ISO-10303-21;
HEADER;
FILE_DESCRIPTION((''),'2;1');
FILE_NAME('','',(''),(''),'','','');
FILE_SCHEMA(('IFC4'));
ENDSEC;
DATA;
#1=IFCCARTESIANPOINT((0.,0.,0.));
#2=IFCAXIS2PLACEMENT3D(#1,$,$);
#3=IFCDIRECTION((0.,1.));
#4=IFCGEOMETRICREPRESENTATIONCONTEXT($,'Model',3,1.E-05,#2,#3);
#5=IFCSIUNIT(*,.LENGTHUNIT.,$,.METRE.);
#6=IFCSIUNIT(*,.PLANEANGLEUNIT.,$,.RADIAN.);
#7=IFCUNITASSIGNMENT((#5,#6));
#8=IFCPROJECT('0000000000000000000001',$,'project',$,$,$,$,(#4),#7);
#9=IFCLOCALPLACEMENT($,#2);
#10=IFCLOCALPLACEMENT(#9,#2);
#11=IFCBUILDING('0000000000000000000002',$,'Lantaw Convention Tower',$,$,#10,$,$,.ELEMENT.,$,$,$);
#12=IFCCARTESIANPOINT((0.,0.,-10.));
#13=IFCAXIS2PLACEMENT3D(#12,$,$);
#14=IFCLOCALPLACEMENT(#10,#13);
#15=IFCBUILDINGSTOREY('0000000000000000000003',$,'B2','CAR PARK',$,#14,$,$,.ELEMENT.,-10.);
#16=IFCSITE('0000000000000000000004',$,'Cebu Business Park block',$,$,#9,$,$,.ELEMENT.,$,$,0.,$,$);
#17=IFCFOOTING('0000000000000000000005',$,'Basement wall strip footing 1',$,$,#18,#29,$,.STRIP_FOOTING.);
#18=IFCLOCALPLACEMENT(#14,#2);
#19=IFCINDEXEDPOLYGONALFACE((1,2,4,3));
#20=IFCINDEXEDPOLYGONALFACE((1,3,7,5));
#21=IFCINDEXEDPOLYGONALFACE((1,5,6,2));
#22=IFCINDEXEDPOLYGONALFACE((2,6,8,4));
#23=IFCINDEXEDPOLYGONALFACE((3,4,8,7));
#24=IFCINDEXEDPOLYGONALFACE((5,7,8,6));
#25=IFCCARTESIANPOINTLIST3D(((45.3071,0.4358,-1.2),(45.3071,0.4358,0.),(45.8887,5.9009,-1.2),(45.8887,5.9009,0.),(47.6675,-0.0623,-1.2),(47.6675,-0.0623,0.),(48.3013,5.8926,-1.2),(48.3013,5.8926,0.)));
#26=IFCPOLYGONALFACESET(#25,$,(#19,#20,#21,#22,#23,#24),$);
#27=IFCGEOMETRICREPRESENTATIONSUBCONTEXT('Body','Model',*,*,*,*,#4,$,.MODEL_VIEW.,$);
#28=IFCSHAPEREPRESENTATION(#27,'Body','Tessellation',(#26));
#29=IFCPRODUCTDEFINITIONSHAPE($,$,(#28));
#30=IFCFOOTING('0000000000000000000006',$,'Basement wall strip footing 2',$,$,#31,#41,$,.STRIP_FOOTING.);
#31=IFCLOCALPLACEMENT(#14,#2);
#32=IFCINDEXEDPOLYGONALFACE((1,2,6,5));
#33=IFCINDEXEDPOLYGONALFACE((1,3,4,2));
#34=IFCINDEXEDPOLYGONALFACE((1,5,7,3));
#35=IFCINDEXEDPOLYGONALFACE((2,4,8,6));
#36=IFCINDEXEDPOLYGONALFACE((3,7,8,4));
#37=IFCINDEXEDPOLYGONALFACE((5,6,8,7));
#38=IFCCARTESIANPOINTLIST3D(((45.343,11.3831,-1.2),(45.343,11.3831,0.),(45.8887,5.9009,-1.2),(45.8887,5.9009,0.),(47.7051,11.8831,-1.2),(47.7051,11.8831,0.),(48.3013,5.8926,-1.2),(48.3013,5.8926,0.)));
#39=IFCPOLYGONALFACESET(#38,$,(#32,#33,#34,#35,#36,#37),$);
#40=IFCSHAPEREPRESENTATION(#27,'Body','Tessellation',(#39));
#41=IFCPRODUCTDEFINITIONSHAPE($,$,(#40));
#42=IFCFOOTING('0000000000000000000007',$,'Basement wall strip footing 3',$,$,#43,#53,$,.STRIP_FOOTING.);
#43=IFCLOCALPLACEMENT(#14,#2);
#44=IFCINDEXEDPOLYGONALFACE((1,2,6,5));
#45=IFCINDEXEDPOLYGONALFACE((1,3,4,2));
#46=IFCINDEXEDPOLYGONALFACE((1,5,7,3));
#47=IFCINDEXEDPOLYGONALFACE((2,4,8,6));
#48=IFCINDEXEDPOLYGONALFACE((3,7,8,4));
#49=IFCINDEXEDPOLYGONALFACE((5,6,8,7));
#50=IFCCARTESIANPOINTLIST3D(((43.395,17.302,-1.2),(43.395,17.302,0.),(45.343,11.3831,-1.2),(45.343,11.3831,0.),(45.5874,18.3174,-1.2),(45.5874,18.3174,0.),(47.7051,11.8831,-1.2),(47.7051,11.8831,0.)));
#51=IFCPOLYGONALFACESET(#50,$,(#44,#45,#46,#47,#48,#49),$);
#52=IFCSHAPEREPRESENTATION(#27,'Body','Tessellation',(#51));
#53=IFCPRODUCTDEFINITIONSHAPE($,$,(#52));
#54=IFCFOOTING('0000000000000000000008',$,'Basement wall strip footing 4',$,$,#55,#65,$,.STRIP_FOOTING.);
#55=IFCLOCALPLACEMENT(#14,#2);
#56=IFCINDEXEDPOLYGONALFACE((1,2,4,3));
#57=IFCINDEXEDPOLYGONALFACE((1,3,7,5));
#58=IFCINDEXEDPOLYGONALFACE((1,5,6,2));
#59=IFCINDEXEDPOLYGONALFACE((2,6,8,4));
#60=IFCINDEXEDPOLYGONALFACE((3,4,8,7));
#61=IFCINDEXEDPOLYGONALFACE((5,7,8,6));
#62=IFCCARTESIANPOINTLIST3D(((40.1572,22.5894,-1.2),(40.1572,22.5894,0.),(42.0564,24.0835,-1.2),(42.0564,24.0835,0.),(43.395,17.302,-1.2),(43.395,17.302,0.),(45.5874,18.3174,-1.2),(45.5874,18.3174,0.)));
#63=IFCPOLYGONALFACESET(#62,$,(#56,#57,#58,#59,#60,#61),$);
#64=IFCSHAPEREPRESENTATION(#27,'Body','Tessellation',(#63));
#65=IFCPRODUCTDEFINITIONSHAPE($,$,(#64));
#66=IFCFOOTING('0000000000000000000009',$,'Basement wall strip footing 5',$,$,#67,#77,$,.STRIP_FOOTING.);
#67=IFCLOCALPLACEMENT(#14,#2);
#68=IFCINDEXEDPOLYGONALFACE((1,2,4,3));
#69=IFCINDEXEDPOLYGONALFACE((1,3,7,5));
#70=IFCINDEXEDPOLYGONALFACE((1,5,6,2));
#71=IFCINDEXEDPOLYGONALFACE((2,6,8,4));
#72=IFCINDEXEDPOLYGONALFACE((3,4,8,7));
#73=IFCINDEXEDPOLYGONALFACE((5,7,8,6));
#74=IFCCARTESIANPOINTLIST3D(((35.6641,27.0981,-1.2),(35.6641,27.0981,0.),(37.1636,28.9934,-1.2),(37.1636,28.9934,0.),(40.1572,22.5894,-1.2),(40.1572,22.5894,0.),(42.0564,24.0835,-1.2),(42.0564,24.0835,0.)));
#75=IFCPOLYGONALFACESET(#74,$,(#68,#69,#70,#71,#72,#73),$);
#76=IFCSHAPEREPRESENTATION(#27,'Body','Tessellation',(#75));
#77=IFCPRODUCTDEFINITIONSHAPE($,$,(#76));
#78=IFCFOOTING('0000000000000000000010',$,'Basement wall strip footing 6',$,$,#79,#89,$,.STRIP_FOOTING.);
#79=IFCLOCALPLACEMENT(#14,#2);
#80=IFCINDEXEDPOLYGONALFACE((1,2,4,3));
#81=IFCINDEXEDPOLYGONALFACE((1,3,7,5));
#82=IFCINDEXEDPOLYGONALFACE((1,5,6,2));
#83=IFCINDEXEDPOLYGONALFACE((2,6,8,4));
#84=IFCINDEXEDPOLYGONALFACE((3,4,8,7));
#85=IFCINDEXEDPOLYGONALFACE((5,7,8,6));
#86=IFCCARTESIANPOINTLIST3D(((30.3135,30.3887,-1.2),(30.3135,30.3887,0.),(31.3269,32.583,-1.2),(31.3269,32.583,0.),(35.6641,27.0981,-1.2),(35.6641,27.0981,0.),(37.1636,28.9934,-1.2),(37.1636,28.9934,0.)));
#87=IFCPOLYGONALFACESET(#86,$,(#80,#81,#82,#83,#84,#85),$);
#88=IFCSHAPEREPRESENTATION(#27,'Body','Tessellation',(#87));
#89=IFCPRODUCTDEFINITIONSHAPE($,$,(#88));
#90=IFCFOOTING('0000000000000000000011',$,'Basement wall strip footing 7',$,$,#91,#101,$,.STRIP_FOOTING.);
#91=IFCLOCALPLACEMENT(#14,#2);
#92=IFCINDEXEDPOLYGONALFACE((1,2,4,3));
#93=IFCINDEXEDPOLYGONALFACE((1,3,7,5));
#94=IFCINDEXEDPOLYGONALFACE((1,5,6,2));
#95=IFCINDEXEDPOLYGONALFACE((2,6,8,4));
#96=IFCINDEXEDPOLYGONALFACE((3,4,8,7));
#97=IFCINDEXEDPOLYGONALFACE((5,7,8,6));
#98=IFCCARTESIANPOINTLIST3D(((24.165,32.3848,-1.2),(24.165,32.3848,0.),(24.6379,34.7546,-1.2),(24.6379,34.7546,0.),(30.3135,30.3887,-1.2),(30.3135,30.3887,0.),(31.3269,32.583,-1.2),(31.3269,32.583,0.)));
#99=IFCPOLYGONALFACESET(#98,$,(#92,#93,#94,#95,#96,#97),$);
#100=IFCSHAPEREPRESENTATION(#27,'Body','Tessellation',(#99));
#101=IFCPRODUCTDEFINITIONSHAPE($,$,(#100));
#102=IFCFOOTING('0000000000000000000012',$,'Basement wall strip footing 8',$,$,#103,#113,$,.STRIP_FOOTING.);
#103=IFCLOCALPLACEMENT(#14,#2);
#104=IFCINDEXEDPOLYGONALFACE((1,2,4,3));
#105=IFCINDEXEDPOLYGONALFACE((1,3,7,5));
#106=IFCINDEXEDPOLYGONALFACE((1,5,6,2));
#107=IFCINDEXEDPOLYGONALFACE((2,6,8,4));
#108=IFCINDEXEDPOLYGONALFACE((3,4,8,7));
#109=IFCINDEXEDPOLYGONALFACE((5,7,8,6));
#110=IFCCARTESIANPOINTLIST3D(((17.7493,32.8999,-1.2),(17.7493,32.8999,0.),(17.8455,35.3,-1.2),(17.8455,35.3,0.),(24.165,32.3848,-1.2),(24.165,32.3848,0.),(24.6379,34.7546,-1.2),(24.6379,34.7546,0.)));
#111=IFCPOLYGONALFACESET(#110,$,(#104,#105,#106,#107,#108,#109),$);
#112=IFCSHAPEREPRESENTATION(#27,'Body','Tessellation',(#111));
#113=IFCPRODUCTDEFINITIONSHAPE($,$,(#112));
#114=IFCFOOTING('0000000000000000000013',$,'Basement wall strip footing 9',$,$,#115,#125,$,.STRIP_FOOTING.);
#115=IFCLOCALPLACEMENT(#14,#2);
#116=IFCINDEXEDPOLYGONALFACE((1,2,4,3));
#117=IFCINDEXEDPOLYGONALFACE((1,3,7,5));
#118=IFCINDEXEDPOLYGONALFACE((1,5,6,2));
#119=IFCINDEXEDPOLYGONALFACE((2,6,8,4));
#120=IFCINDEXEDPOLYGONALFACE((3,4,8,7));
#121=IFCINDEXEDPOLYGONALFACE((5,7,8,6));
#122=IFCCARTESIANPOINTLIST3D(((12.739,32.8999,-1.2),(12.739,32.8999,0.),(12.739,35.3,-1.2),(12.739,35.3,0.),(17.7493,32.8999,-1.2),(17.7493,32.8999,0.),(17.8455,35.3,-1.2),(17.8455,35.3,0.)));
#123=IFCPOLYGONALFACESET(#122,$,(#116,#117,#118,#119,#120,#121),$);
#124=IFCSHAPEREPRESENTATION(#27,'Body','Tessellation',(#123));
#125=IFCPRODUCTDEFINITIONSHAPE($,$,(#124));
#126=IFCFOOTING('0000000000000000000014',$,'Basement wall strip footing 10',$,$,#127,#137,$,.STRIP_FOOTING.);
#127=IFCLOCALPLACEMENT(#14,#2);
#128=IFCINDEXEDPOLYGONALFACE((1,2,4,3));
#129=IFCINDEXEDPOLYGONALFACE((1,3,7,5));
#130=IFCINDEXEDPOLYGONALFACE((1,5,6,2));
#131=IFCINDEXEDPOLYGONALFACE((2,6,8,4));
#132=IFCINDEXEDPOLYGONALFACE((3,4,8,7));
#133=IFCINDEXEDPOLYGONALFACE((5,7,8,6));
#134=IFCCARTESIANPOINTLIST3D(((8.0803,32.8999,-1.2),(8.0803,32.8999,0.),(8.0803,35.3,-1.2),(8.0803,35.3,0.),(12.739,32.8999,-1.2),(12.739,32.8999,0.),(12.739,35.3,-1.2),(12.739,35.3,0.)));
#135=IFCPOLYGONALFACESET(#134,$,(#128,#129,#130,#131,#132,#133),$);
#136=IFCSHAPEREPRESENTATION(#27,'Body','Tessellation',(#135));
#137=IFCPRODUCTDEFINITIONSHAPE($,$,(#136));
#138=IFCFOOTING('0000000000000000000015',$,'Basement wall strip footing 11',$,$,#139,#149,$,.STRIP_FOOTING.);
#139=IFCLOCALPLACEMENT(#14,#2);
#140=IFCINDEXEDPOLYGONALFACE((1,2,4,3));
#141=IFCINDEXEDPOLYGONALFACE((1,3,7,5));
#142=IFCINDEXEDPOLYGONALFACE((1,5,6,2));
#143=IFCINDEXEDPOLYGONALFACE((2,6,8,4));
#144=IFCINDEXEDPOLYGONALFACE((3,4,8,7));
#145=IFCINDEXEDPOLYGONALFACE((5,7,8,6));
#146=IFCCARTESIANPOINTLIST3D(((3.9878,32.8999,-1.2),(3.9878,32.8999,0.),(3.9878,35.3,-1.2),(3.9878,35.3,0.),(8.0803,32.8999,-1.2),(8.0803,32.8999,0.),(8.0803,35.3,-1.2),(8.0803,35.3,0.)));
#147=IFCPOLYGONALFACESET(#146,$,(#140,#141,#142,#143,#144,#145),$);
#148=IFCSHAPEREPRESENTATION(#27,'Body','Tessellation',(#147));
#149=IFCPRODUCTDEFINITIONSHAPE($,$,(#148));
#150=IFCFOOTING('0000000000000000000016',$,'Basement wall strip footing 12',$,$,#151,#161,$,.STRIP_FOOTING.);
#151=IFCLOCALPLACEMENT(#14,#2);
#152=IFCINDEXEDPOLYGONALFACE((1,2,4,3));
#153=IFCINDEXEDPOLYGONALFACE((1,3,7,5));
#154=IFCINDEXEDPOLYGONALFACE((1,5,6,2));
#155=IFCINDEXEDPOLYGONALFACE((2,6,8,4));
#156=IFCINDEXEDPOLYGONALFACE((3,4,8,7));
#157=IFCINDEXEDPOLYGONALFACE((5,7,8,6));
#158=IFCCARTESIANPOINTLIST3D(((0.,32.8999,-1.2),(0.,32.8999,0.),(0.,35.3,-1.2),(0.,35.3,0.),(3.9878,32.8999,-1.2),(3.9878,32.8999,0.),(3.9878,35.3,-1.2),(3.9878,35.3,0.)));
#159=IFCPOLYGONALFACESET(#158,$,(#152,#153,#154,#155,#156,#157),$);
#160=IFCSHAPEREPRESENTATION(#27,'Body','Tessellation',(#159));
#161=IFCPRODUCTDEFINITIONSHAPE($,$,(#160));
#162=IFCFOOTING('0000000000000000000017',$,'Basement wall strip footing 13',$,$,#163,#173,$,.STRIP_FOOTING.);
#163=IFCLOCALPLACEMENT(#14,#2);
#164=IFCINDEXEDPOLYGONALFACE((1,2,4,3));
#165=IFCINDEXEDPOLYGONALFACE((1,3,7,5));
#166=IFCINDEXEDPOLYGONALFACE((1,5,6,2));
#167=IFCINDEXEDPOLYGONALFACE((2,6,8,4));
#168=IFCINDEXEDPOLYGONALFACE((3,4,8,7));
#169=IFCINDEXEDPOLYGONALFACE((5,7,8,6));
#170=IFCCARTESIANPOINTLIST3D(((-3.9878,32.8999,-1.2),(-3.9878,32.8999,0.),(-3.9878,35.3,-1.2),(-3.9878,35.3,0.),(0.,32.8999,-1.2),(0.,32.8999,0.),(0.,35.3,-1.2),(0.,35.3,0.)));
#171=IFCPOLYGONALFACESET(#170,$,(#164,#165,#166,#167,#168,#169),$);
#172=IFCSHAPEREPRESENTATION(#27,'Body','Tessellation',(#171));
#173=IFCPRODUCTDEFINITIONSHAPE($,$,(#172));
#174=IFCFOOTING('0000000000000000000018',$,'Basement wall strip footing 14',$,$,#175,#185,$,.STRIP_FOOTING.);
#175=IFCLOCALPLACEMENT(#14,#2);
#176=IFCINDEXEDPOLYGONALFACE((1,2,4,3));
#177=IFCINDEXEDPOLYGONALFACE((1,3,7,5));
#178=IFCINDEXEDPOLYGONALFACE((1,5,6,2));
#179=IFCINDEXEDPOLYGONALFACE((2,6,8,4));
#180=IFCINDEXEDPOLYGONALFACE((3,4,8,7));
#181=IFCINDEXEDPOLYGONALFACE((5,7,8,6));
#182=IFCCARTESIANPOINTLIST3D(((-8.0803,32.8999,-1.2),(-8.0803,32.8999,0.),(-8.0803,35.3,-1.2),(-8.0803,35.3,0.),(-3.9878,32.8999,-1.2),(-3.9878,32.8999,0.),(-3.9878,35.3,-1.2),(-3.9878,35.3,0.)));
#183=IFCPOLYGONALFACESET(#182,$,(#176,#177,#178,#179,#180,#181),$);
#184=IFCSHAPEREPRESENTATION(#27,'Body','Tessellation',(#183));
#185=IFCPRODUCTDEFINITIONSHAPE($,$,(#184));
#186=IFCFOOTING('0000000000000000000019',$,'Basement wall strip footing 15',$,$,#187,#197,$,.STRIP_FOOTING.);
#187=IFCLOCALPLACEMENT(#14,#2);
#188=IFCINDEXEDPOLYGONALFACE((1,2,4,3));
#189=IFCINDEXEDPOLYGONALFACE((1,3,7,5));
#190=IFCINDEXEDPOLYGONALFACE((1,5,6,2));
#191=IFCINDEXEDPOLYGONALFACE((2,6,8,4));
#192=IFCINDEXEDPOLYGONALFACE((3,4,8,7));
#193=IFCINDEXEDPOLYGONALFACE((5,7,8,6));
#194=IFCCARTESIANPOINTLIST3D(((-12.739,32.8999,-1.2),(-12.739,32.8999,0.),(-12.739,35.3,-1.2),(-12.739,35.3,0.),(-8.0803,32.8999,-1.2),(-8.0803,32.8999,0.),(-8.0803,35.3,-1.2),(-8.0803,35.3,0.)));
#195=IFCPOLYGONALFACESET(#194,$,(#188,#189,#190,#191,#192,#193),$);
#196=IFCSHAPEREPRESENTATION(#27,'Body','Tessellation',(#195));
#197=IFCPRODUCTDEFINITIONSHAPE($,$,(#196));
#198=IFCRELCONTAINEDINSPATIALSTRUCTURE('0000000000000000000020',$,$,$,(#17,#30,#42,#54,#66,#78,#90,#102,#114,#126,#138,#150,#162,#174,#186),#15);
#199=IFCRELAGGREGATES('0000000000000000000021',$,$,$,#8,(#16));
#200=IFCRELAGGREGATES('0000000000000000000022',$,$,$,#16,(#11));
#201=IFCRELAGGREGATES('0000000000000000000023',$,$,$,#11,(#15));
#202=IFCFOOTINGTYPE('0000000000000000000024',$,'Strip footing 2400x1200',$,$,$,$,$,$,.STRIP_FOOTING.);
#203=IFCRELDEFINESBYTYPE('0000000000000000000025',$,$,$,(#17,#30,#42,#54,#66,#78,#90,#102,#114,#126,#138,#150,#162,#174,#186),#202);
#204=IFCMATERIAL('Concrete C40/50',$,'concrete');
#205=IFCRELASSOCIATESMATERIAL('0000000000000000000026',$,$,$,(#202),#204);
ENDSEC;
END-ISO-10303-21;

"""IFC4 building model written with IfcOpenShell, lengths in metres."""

from ifc_helpers import new_model, si_unit, direction, frame, origin, place, context, subcontext, project, spatial, polyline, outline, extrude, material, type_object, element, save


model = new_model("IFC4")

# Units and contexts
model_context = context("Model", 3, precision=1e-05, world=origin(), true_north=direction((0.0, 1.0)))
body_context = subcontext(model_context, "Body", "Model", "MODEL_VIEW")
ifc_project = project(units=[si_unit("LENGTHUNIT", "METRE"), si_unit("PLANEANGLEUNIT", "RADIAN")], contexts=[model_context])

# Site, building, storey
site_placement = place(None, origin())
site = spatial("IfcSite", under=ifc_project, at=site_placement, Name="Cebu Business Park block", CompositionType="ELEMENT", RefElevation=0.0)
building_placement = place(site_placement, origin())
building = spatial("IfcBuilding", under=site, at=building_placement, Name="Lantaw Convention Tower", CompositionType="ELEMENT")
storey_placement = place(building_placement, frame((0.0, 0.0, -10.0)))
storey = spatial("IfcBuildingStorey", under=building, at=storey_placement, Name="B2", Description="CAR PARK", CompositionType="ELEMENT", Elevation=-10.0)

# Footings
ifc_material = material(Name="Concrete C40/50", Category="concrete")
footing_type = type_object("IfcFootingType", Name="Strip footing 2400x1200", PredefinedType="STRIP_FOOTING", material=ifc_material)
footing_1_placement = place(storey_placement, frame((0.0, 0.0, -1.2)))
element("IfcFooting", 1, at=footing_1_placement, inside=storey, type_object=footing_type, Name="Basement wall strip footing 1", PredefinedType="STRIP_FOOTING", context=body_context, shape_type="SweptSolid", body=[
    extrude(outline(polyline([(47.6675, -0.0623), (48.3013, 5.8926), (45.8887, 5.9009), (45.3071, 0.4358), (47.6675, -0.0623)])), origin(), (0.0, 0.0, 1.0), 1.2),
])
footing_2_placement = place(storey_placement, frame((0.0, 0.0, -1.2)))
element("IfcFooting", 2, at=footing_2_placement, inside=storey, type_object=footing_type, Name="Basement wall strip footing 2", PredefinedType="STRIP_FOOTING", context=body_context, shape_type="SweptSolid", body=[
    extrude(outline(polyline([(48.3013, 5.8926), (47.7051, 11.8831), (45.343, 11.3831), (45.8887, 5.9009), (48.3013, 5.8926)])), origin(), (0.0, 0.0, 1.0), 1.2),
])
footing_3_placement = place(storey_placement, frame((0.0, 0.0, -1.2)))
element("IfcFooting", 3, at=footing_3_placement, inside=storey, type_object=footing_type, Name="Basement wall strip footing 3", PredefinedType="STRIP_FOOTING", context=body_context, shape_type="SweptSolid", body=[
    extrude(outline(polyline([(47.7051, 11.8831), (45.5874, 18.3174), (43.395, 17.302), (45.343, 11.3831), (47.7051, 11.8831)])), origin(), (0.0, 0.0, 1.0), 1.2),
])
footing_4_placement = place(storey_placement, frame((0.0, 0.0, -1.2)))
element("IfcFooting", 4, at=footing_4_placement, inside=storey, type_object=footing_type, Name="Basement wall strip footing 4", PredefinedType="STRIP_FOOTING", context=body_context, shape_type="SweptSolid", body=[
    extrude(outline(polyline([(45.5874, 18.3174), (42.0564, 24.0835), (40.1572, 22.5894), (43.395, 17.302), (45.5874, 18.3174)])), origin(), (0.0, 0.0, 1.0), 1.2),
])
footing_5_placement = place(storey_placement, frame((0.0, 0.0, -1.2)))
element("IfcFooting", 5, at=footing_5_placement, inside=storey, type_object=footing_type, Name="Basement wall strip footing 5", PredefinedType="STRIP_FOOTING", context=body_context, shape_type="SweptSolid", body=[
    extrude(outline(polyline([(42.0564, 24.0835), (37.1636, 28.9934), (35.6641, 27.0981), (40.1572, 22.5894), (42.0564, 24.0835)])), origin(), (0.0, 0.0, 1.0), 1.2),
])
footing_6_placement = place(storey_placement, frame((0.0, 0.0, -1.2)))
element("IfcFooting", 6, at=footing_6_placement, inside=storey, type_object=footing_type, Name="Basement wall strip footing 6", PredefinedType="STRIP_FOOTING", context=body_context, shape_type="SweptSolid", body=[
    extrude(outline(polyline([(37.1636, 28.9934), (31.3269, 32.583), (30.3135, 30.3887), (35.6641, 27.0981), (37.1636, 28.9934)])), origin(), (0.0, 0.0, 1.0), 1.2),
])
footing_7_placement = place(storey_placement, frame((0.0, 0.0, -1.2)))
element("IfcFooting", 7, at=footing_7_placement, inside=storey, type_object=footing_type, Name="Basement wall strip footing 7", PredefinedType="STRIP_FOOTING", context=body_context, shape_type="SweptSolid", body=[
    extrude(outline(polyline([(31.3269, 32.583), (24.6379, 34.7546), (24.165, 32.3848), (30.3135, 30.3887), (31.3269, 32.583)])), origin(), (0.0, 0.0, 1.0), 1.2),
])
footing_8_placement = place(storey_placement, frame((0.0, 0.0, -1.2)))
element("IfcFooting", 8, at=footing_8_placement, inside=storey, type_object=footing_type, Name="Basement wall strip footing 8", PredefinedType="STRIP_FOOTING", context=body_context, shape_type="SweptSolid", body=[
    extrude(outline(polyline([(24.6379, 34.7546), (17.8455, 35.3), (17.7493, 32.8999), (24.165, 32.3848), (24.6379, 34.7546)])), origin(), (0.0, 0.0, 1.0), 1.2),
])
footing_9_placement = place(storey_placement, frame((0.0, 0.0, -1.2)))
element("IfcFooting", 9, at=footing_9_placement, inside=storey, type_object=footing_type, Name="Basement wall strip footing 9", PredefinedType="STRIP_FOOTING", context=body_context, shape_type="SweptSolid", body=[
    extrude(outline(polyline([(17.8455, 35.3), (12.739, 35.3), (12.739, 32.8999), (17.7493, 32.8999), (17.8455, 35.3)])), origin(), (0.0, 0.0, 1.0), 1.2),
])
footing_10_placement = place(storey_placement, frame((0.0, 0.0, -1.2)))
element("IfcFooting", 10, at=footing_10_placement, inside=storey, type_object=footing_type, Name="Basement wall strip footing 10", PredefinedType="STRIP_FOOTING", context=body_context, shape_type="SweptSolid", body=[
    extrude(outline(polyline([(12.739, 35.3), (8.0803, 35.3), (8.0803, 32.8999), (12.739, 32.8999), (12.739, 35.3)])), origin(), (0.0, 0.0, 1.0), 1.2),
])
footing_11_placement = place(storey_placement, frame((0.0, 0.0, -1.2)))
element("IfcFooting", 11, at=footing_11_placement, inside=storey, type_object=footing_type, Name="Basement wall strip footing 11", PredefinedType="STRIP_FOOTING", context=body_context, shape_type="SweptSolid", body=[
    extrude(outline(polyline([(8.0803, 35.3), (3.9878, 35.3), (3.9878, 32.8999), (8.0803, 32.8999), (8.0803, 35.3)])), origin(), (0.0, 0.0, 1.0), 1.2),
])
footing_12_placement = place(storey_placement, frame((0.0, 0.0, -1.2)))
element("IfcFooting", 12, at=footing_12_placement, inside=storey, type_object=footing_type, Name="Basement wall strip footing 12", PredefinedType="STRIP_FOOTING", context=body_context, shape_type="SweptSolid", body=[
    extrude(outline(polyline([(3.9878, 35.3), (0.0, 35.3), (0.0, 32.8999), (3.9878, 32.8999), (3.9878, 35.3)])), origin(), (0.0, 0.0, 1.0), 1.2),
])
footing_13_placement = place(storey_placement, frame((0.0, 0.0, -1.2)))
element("IfcFooting", 13, at=footing_13_placement, inside=storey, type_object=footing_type, Name="Basement wall strip footing 13", PredefinedType="STRIP_FOOTING", context=body_context, shape_type="SweptSolid", body=[
    extrude(outline(polyline([(0.0, 35.3), (-3.9878, 35.3), (-3.9878, 32.8999), (0.0, 32.8999), (0.0, 35.3)])), origin(), (0.0, 0.0, 1.0), 1.2),
])
footing_14_placement = place(storey_placement, frame((0.0, 0.0, -1.2)))
element("IfcFooting", 14, at=footing_14_placement, inside=storey, type_object=footing_type, Name="Basement wall strip footing 14", PredefinedType="STRIP_FOOTING", context=body_context, shape_type="SweptSolid", body=[
    extrude(outline(polyline([(-3.9878, 35.3), (-8.0803, 35.3), (-8.0803, 32.8999), (-3.9878, 32.8999), (-3.9878, 35.3)])), origin(), (0.0, 0.0, 1.0), 1.2),
])
footing_15_placement = place(storey_placement, frame((0.0, 0.0, -1.2)))
element("IfcFooting", 15, at=footing_15_placement, inside=storey, type_object=footing_type, Name="Basement wall strip footing 15", PredefinedType="STRIP_FOOTING", context=body_context, shape_type="SweptSolid", body=[
    extrude(outline(polyline([(-8.0803, 35.3), (-12.739, 35.3), (-12.739, 32.8999), (-8.0803, 32.8999), (-8.0803, 35.3)])), origin(), (0.0, 0.0, 1.0), 1.2),
])

save(model, "model.ifc")
